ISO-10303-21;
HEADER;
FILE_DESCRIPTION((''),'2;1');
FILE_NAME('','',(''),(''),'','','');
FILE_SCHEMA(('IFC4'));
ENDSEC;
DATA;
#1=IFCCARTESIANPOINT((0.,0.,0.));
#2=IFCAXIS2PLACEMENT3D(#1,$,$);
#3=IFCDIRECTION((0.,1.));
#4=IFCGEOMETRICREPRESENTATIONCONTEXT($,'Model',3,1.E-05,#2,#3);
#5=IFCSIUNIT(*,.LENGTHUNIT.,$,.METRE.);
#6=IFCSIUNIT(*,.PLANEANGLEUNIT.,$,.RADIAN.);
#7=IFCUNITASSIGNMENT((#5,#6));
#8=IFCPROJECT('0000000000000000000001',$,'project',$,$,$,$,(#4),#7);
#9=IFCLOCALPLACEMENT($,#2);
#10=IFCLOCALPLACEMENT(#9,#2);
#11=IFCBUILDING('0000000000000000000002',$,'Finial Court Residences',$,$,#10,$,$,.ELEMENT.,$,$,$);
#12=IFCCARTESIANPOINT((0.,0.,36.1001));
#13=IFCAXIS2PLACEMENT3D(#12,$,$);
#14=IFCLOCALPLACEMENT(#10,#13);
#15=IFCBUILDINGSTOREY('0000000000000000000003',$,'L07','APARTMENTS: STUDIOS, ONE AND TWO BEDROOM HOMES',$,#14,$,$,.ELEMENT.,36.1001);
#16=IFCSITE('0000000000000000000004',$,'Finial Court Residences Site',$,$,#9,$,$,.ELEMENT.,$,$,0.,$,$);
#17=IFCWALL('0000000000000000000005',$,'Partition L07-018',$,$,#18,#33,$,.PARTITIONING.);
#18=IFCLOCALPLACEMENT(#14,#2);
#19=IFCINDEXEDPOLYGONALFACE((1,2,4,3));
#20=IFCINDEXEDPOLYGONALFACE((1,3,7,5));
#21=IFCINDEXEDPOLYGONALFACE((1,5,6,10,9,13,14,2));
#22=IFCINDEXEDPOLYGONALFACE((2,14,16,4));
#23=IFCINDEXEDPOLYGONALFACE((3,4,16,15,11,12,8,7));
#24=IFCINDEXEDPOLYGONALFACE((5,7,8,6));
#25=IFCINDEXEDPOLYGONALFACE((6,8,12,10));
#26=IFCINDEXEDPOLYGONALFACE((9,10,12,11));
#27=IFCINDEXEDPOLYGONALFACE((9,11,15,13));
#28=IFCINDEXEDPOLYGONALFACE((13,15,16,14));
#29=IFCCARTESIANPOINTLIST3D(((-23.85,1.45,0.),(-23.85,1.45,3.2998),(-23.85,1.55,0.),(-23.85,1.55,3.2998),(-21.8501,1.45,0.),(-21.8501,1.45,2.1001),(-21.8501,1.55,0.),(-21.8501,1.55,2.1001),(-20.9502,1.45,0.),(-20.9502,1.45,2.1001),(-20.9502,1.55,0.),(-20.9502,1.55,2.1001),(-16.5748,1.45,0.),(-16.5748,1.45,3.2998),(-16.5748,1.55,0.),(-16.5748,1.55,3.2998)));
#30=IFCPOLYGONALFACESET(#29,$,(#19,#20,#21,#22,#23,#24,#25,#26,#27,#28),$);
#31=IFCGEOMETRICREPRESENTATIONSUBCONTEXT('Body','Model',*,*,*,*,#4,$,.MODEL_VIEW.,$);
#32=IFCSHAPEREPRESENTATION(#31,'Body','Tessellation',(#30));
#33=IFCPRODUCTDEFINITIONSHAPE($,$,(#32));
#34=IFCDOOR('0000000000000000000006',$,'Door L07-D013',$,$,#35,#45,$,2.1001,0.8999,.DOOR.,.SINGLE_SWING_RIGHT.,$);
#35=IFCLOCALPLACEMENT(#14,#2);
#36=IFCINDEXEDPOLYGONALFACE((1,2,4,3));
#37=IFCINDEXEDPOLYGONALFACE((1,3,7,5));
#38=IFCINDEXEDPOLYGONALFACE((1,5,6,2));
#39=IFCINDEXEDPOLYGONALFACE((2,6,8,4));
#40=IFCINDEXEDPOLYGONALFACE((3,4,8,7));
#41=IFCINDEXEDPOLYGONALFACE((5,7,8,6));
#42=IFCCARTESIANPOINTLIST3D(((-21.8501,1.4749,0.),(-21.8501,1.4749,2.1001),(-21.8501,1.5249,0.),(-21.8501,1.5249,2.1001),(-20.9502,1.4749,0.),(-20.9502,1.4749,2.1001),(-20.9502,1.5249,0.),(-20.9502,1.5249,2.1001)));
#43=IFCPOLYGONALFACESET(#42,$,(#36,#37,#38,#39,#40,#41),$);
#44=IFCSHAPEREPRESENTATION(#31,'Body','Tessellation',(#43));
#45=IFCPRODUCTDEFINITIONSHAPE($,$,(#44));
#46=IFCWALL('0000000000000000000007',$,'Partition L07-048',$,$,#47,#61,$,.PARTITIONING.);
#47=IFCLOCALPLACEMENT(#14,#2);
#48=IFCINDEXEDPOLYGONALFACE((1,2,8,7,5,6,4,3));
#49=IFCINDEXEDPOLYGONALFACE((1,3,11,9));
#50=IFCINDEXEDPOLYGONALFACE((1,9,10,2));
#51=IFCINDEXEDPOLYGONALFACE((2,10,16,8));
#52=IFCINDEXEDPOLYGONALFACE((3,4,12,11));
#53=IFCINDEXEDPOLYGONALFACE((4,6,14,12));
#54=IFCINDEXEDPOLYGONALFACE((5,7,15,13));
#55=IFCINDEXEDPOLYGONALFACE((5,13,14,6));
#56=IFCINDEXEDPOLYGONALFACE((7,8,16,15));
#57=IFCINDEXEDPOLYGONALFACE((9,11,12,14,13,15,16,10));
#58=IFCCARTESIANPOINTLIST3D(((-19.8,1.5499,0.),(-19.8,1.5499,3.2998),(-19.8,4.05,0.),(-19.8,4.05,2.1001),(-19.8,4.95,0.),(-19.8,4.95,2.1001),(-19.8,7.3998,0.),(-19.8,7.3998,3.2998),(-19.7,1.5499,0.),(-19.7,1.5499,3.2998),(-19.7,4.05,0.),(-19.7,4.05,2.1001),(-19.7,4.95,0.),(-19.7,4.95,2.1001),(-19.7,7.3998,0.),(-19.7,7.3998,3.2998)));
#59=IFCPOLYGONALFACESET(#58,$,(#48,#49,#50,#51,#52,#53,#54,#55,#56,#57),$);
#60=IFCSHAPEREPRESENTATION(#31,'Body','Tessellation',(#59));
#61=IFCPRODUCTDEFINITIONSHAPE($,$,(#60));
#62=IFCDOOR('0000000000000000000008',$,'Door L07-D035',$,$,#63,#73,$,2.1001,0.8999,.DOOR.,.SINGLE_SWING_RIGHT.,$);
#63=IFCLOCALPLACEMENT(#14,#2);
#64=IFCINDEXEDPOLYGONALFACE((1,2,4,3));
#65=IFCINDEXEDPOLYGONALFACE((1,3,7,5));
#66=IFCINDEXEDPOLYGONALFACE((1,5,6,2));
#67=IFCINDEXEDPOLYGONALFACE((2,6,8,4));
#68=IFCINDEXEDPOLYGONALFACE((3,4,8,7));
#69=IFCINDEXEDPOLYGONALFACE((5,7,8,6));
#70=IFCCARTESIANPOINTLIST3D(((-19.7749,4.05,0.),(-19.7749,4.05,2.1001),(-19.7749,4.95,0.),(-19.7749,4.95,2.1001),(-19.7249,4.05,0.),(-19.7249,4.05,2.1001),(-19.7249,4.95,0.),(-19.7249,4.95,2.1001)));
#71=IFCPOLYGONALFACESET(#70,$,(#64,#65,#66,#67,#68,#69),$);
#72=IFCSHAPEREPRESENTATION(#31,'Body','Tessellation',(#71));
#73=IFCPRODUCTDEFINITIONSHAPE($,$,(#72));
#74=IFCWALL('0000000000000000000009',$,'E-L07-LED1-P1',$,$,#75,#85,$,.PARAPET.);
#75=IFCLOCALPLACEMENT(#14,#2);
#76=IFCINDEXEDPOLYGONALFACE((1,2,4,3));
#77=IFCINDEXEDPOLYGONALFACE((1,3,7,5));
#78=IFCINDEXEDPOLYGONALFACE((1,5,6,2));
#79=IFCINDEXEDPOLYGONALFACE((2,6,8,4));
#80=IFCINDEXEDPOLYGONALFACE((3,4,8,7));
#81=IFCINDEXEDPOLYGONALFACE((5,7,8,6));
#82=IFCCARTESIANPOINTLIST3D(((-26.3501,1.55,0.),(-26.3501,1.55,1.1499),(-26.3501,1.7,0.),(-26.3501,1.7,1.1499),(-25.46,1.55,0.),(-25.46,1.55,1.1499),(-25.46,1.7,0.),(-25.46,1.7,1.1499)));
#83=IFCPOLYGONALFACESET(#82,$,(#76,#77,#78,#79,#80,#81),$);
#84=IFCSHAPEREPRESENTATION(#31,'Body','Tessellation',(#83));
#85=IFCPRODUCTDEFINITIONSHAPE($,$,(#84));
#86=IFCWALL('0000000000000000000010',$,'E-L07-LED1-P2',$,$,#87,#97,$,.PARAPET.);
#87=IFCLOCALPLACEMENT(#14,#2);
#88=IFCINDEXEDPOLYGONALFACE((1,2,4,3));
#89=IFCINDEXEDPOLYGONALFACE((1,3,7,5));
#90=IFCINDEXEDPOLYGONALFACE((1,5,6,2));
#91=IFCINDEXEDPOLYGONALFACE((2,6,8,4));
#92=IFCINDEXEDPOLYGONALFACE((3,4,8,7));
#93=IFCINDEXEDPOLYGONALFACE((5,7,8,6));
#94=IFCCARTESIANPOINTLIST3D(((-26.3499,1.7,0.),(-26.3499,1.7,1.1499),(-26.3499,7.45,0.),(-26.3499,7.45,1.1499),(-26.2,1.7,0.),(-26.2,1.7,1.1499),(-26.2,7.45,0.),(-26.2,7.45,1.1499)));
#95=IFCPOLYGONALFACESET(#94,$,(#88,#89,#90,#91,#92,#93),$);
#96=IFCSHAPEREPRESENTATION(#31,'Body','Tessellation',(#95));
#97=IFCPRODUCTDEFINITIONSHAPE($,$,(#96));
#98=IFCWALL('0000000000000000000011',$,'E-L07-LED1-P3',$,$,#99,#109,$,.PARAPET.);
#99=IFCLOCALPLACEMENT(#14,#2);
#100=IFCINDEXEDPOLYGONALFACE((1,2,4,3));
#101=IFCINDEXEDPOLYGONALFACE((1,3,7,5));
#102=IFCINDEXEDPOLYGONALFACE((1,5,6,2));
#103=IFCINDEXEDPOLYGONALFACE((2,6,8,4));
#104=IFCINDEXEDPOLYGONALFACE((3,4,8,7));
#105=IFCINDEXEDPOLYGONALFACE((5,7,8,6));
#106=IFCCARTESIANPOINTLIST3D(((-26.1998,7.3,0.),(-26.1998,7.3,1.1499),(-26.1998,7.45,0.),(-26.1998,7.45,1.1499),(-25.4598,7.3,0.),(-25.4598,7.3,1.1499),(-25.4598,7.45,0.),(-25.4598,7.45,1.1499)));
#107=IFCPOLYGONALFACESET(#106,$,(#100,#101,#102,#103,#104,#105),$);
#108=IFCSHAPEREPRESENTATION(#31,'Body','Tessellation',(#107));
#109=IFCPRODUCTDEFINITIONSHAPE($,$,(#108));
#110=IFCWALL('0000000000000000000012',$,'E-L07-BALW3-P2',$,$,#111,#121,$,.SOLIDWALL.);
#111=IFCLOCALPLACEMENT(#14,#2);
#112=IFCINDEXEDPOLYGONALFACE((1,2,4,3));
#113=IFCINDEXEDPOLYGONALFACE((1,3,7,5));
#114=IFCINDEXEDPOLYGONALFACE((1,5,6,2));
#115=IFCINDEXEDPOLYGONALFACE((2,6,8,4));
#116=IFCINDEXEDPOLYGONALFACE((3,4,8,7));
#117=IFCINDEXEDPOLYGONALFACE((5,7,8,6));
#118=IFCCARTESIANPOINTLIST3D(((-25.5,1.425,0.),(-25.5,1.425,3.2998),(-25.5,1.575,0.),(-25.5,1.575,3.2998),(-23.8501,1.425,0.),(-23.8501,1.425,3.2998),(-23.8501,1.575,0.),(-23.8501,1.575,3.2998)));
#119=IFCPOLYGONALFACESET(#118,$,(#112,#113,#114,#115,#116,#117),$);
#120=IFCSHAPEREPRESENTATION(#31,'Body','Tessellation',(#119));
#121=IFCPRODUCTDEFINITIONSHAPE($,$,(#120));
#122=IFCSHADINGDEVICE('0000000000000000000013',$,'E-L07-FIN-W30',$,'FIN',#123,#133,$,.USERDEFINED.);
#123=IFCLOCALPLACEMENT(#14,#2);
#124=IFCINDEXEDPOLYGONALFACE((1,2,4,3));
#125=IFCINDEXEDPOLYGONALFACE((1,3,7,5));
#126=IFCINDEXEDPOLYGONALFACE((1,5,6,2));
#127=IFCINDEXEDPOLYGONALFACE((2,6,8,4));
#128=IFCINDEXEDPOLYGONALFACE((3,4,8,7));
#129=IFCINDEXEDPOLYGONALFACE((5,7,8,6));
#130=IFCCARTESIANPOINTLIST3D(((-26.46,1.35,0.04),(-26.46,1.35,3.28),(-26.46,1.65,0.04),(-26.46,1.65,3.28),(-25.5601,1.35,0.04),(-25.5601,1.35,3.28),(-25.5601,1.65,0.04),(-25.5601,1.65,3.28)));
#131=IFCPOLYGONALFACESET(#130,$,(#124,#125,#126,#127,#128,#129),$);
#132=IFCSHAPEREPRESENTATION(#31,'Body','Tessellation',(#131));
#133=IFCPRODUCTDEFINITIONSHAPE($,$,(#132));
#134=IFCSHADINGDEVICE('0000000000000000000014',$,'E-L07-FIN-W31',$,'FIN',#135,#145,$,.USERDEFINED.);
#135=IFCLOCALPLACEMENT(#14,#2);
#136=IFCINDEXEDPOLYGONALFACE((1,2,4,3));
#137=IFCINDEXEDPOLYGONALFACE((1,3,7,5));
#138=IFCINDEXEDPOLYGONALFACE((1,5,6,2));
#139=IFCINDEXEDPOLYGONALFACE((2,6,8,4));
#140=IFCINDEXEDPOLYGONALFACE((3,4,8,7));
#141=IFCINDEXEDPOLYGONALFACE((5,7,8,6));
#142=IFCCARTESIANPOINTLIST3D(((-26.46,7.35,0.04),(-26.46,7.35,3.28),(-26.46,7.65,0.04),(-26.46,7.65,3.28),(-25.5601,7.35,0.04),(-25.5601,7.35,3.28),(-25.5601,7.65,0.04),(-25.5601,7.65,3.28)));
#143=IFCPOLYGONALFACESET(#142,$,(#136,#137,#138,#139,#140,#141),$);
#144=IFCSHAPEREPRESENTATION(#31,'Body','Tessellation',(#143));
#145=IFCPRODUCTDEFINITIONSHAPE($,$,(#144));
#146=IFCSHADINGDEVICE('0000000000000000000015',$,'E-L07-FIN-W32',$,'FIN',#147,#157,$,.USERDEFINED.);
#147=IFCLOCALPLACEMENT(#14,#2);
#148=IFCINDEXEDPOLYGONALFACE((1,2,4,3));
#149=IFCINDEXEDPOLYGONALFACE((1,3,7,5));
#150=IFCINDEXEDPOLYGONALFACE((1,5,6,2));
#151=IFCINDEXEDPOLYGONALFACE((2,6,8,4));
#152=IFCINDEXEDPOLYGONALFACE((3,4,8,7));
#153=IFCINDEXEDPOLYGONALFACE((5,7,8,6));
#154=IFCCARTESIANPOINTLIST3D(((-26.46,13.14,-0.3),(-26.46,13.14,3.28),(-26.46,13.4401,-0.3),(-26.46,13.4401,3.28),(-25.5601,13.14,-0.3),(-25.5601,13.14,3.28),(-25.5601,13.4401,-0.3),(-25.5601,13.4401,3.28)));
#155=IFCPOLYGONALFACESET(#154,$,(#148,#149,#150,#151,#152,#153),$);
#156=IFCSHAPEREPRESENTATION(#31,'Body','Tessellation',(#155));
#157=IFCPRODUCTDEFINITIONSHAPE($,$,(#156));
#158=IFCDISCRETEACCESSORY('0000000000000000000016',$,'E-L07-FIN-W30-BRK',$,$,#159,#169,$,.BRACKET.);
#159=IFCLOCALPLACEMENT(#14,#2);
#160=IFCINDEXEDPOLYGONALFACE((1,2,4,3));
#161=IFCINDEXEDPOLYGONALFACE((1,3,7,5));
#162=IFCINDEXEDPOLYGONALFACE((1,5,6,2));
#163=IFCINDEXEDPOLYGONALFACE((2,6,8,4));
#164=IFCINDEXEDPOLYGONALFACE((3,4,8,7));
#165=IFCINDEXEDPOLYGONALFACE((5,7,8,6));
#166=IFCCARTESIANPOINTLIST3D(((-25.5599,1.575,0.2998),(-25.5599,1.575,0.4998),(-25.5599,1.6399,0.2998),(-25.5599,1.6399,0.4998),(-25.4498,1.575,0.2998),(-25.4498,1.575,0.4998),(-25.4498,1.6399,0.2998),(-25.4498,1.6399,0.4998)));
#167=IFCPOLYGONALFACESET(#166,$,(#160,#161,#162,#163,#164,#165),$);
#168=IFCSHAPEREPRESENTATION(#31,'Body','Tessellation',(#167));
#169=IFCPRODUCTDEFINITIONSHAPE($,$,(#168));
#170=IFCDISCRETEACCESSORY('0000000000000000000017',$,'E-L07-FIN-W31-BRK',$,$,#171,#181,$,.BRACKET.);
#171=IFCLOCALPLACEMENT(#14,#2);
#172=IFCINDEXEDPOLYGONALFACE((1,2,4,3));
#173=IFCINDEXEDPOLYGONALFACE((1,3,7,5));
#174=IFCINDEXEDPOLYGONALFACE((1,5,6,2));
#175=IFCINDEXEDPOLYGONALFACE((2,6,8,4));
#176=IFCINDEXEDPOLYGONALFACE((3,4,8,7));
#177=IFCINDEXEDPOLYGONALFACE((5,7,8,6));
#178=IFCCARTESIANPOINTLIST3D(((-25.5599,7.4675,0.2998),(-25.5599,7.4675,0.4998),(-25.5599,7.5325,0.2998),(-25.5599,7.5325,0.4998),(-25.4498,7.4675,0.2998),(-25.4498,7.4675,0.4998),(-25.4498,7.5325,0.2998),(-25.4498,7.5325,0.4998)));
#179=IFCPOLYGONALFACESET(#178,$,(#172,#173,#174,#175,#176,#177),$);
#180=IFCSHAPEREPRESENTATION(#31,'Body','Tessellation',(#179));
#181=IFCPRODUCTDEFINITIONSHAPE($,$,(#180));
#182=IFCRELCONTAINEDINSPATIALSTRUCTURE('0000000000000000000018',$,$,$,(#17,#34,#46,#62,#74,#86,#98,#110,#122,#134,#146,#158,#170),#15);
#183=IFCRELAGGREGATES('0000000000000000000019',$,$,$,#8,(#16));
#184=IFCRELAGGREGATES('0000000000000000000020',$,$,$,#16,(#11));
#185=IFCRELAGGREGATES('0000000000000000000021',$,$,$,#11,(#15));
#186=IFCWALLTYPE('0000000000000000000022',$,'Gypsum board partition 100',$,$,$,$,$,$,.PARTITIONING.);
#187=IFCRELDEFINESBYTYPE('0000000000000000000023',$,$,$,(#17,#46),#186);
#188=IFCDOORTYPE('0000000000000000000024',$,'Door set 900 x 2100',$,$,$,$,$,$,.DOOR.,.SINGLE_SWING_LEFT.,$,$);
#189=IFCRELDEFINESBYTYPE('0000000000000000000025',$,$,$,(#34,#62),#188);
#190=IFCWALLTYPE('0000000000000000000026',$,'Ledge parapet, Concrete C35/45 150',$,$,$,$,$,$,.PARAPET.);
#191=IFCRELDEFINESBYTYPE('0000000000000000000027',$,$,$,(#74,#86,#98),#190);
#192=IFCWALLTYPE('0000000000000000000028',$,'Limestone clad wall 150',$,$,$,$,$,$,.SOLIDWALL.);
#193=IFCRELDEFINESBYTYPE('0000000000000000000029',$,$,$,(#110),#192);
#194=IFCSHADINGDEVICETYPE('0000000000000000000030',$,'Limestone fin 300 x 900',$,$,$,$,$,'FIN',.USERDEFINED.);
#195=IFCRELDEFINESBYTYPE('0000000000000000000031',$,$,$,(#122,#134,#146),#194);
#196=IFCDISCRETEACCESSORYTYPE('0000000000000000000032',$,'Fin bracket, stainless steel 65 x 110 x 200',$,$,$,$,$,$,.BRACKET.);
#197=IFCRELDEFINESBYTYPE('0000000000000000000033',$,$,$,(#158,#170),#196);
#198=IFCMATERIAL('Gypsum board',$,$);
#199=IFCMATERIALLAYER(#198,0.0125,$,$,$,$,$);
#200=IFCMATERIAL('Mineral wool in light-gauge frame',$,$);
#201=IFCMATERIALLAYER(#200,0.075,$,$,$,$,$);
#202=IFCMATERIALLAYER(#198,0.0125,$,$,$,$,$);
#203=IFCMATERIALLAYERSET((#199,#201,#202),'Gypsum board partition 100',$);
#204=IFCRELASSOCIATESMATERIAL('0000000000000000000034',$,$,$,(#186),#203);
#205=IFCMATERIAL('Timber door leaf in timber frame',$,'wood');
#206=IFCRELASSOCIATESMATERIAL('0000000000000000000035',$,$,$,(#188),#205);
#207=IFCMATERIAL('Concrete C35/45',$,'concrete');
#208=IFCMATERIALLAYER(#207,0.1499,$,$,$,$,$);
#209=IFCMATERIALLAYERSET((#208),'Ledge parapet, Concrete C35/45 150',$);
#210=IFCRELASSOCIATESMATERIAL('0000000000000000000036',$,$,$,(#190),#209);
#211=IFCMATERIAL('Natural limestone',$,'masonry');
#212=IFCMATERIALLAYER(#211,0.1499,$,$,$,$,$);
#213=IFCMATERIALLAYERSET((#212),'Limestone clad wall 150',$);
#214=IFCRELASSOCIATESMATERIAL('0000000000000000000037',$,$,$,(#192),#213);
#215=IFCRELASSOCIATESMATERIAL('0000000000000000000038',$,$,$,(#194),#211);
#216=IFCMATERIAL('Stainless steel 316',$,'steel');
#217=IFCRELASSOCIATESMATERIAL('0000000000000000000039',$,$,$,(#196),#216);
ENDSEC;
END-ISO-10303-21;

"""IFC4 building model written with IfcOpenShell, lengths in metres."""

from ifc_helpers import new_model, si_unit, direction, frame, frame_2d, origin, origin_2d, place, context, subcontext, project, spatial, rectangle, extrude, material, layer, layer_set, type_object, element, fill, save


model = new_model("IFC4")

# Units and contexts
model_context = context("Model", 3, precision=1e-05, world=origin(), true_north=direction((0.0, 1.0)))
body_context = subcontext(model_context, "Body", "Model", "MODEL_VIEW")
ifc_project = project(units=[si_unit("LENGTHUNIT", "METRE"), si_unit("PLANEANGLEUNIT", "RADIAN")], contexts=[model_context])

# Site, building, storey
site_placement = place(None, origin())
site = spatial("IfcSite", under=ifc_project, at=site_placement, Name="Finial Court Residences Site", CompositionType="ELEMENT", RefElevation=0.0)
building_placement = place(site_placement, origin())
building = spatial("IfcBuilding", under=site, at=building_placement, Name="Finial Court Residences", CompositionType="ELEMENT")
storey_placement = place(building_placement, frame((0.0, 0.0, 36.1001)))
storey = spatial("IfcBuildingStorey", under=building, at=storey_placement, Name="L07", Description="APARTMENTS: STUDIOS, ONE AND TWO BEDROOM HOMES", CompositionType="ELEMENT", Elevation=36.1001)

# Shared definitions
ifc_material_1 = material(Name="Gypsum board")

# Walls, openings, doors
ifc_layer_1 = layer(ifc_material_1, 0.0125)
ifc_material_2 = material(Name="Mineral wool in light-gauge frame")
ifc_layer_2 = layer(ifc_material_2, 0.075)
ifc_layer_3 = layer(ifc_material_1, 0.0125)
ifc_layer_set_1 = layer_set([ifc_layer_1, ifc_layer_2, ifc_layer_3], Name="Gypsum board partition 100")
wall_type_1 = type_object("IfcWallType", Name="Gypsum board partition 100", PredefinedType="PARTITIONING", material=ifc_layer_set_1)
wall_1_placement = place(storey_placement, frame((-23.8501, 1.5, 0.0), z_axis=(0.0, 0.0, 1.0), x_axis=(1.0, 0.0, 0.0)))
wall_1 = element("IfcWall", 1, at=wall_1_placement, inside=storey, type_object=wall_type_1, Name="Partition L07-018", PredefinedType="PARTITIONING", context=body_context, shape_type="SweptSolid", body=[
    extrude(rectangle(XDim=7.2751, YDim=0.1001, at=frame_2d((3.6377, 0.0))), origin(), (0.0, 0.0, 1.0), 3.2998),
])
opening_1_placement = place(wall_1_placement, frame((2.0, 0.0, 0.0)))
opening_1 = element("IfcOpeningElement", 2, at=opening_1_placement, cuts=wall_1, PredefinedType="OPENING", context=body_context, shape_type="SweptSolid", body=[
    extrude(rectangle(XDim=0.8999, YDim=2.1001, at=frame_2d((0.45, 1.05))), frame((0.0, 0.0601, 0.0), z_axis=(0.0, -1.0, 0.0), x_axis=(1.0, 0.0, 0.0)), (0.0, 0.0, 1.0), 0.1201),
])
ifc_material_3 = material(Name="Timber door leaf in timber frame", Category="wood")
door_type = type_object("IfcDoorType", Name="Door set 900 x 2100", OperationType="SINGLE_SWING_LEFT", PredefinedType="DOOR", material=ifc_material_3)
door_1_placement = place(opening_1_placement, origin())
door_1 = element("IfcDoor", 3, at=door_1_placement, inside=storey, type_object=door_type, Name="Door L07-D013", OperationType="SINGLE_SWING_RIGHT", OverallHeight=2.1001, OverallWidth=0.8999, PredefinedType="DOOR", context=body_context, shape_type="SweptSolid", body=[
    extrude(rectangle(XDim=0.8999, YDim=2.1001, at=frame_2d((0.45, 1.05))), frame((0.0, 0.0249, 0.0), z_axis=(0.0, -1.0, 0.0), x_axis=(1.0, 0.0, 0.0)), (0.0, 0.0, 1.0), 0.05),
])
fill(opening_1, door_1)
wall_2_placement = place(storey_placement, frame((-19.75, 1.55, 0.0), z_axis=(0.0, 0.0, 1.0), x_axis=(0.0, 1.0, 0.0)))
wall_2 = element("IfcWall", 4, at=wall_2_placement, inside=storey, type_object=wall_type_1, Name="Partition L07-048", PredefinedType="PARTITIONING", context=body_context, shape_type="SweptSolid", body=[
    extrude(rectangle(XDim=5.8499, YDim=0.1001, at=frame_2d((2.9248, 0.0))), origin(), (0.0, 0.0, 1.0), 3.2998),
])
opening_2_placement = place(wall_2_placement, frame((2.5, 0.0, 0.0)))
opening_2 = element("IfcOpeningElement", 5, at=opening_2_placement, cuts=wall_2, PredefinedType="OPENING", context=body_context, shape_type="SweptSolid", body=[
    extrude(rectangle(XDim=0.8999, YDim=2.1001, at=frame_2d((0.45, 1.05))), frame((0.0, 0.0601, 0.0), z_axis=(0.0, -1.0, 0.0), x_axis=(1.0, 0.0, 0.0)), (0.0, 0.0, 1.0), 0.1201),
])
door_2_placement = place(opening_2_placement, origin())
door_2 = element("IfcDoor", 6, at=door_2_placement, inside=storey, type_object=door_type, Name="Door L07-D035", OperationType="SINGLE_SWING_RIGHT", OverallHeight=2.1001, OverallWidth=0.8999, PredefinedType="DOOR", context=body_context, shape_type="SweptSolid", body=[
    extrude(rectangle(XDim=0.8999, YDim=2.1001, at=frame_2d((0.45, 1.05))), frame((0.0, 0.0249, 0.0), z_axis=(0.0, -1.0, 0.0), x_axis=(1.0, 0.0, 0.0)), (0.0, 0.0, 1.0), 0.05),
])
fill(opening_2, door_2)

# Walls
ifc_material_4 = material(Name="Concrete C35/45", Category="concrete")
ifc_layer_4 = layer(ifc_material_4, 0.1499)
ifc_layer_set_2 = layer_set([ifc_layer_4], Name="Ledge parapet, Concrete C35/45 150")
wall_type_2 = type_object("IfcWallType", Name="Ledge parapet, Concrete C35/45 150", PredefinedType="PARAPET", material=ifc_layer_set_2)
wall_3_placement = place(storey_placement, frame((-25.46, 1.625, 0.0), z_axis=(0.0, 0.0, 1.0), x_axis=(-1.0, 0.0, 0.0)))
element("IfcWall", 7, at=wall_3_placement, inside=storey, type_object=wall_type_2, Name="E-L07-LED1-P1", PredefinedType="PARAPET", context=body_context, shape_type="SweptSolid", body=[
    extrude(rectangle(XDim=0.8901, YDim=0.1499, at=frame_2d((0.4451, 0.0))), origin(), (0.0, 0.0, 1.0), 1.1499),
])
wall_4_placement = place(storey_placement, frame((-26.2749, 1.7, 0.0), z_axis=(0.0, 0.0, 1.0), x_axis=(0.0, 1.0, 0.0)))
element("IfcWall", 8, at=wall_4_placement, inside=storey, type_object=wall_type_2, Name="E-L07-LED1-P2", PredefinedType="PARAPET", context=body_context, shape_type="SweptSolid", body=[
    extrude(rectangle(XDim=5.75, YDim=0.1499, at=frame_2d((2.875, 0.0))), origin(), (0.0, 0.0, 1.0), 1.1499),
])
wall_5_placement = place(storey_placement, frame((-26.2, 7.375, 0.0), z_axis=(0.0, 0.0, 1.0), x_axis=(1.0, 0.0, 0.0)))
element("IfcWall", 9, at=wall_5_placement, inside=storey, type_object=wall_type_2, Name="E-L07-LED1-P3", PredefinedType="PARAPET", context=body_context, shape_type="SweptSolid", body=[
    extrude(rectangle(XDim=0.74, YDim=0.1499, at=frame_2d((0.3701, 0.0))), origin(), (0.0, 0.0, 1.0), 1.1499),
])
ifc_material_5 = material(Name="Natural limestone", Category="masonry")
ifc_layer_5 = layer(ifc_material_5, 0.1499)
ifc_layer_set_3 = layer_set([ifc_layer_5], Name="Limestone clad wall 150")
wall_type_3 = type_object("IfcWallType", Name="Limestone clad wall 150", PredefinedType="SOLIDWALL", material=ifc_layer_set_3)
wall_6_placement = place(storey_placement, frame((-23.8501, 1.5, 0.0), z_axis=(0.0, 0.0, 1.0), x_axis=(-1.0, 0.0, 0.0)))
element("IfcWall", 10, at=wall_6_placement, inside=storey, type_object=wall_type_3, Name="E-L07-BALW3-P2", PredefinedType="SOLIDWALL", context=body_context, shape_type="SweptSolid", body=[
    extrude(rectangle(XDim=1.6499, YDim=0.1499, at=frame_2d((0.825, 0.0))), origin(), (0.0, 0.0, 1.0), 3.2998),
])

# Shading devices
shading_device_type = type_object("IfcShadingDeviceType", Name="Limestone fin 300 x 900", ElementType="FIN", PredefinedType="USERDEFINED", material=ifc_material_5)
for number, where, z_axis, x_axis, name in (
    (11, (-26.01, 1.5, 0.04), (0.0, 0.0, 1.0), (1.0, 0.0, 0.0), "E-L07-FIN-W30"),
    (12, (-26.01, 7.5, 0.04), (0.0, 0.0, 1.0), (1.0, 0.0, 0.0), "E-L07-FIN-W31"),
):
    element("IfcShadingDevice", number, at=place(storey_placement, frame(where, z_axis=z_axis, x_axis=x_axis)), inside=storey, type_object=shading_device_type, Name=name, ObjectType="FIN", PredefinedType="USERDEFINED", context=body_context, shape_type="SweptSolid", body=[
        extrude(rectangle(XDim=0.8999, YDim=0.3, at=origin_2d()), origin(), (0.0, 0.0, 1.0), 3.24),
    ])
shading_device_placement = place(storey_placement, frame((-26.01, 13.29, -0.3), z_axis=(0.0, 0.0, 1.0), x_axis=(1.0, 0.0, 0.0)))
element("IfcShadingDevice", 13, at=shading_device_placement, inside=storey, type_object=shading_device_type, Name="E-L07-FIN-W32", ObjectType="FIN", PredefinedType="USERDEFINED", context=body_context, shape_type="SweptSolid", body=[
    extrude(rectangle(XDim=0.8999, YDim=0.3, at=origin_2d()), origin(), (0.0, 0.0, 1.0), 3.5801),
])

# Discrete accessories
ifc_material_6 = material(Name="Stainless steel 316", Category="steel")
discrete_accessory_type = type_object("IfcDiscreteAccessoryType", Name="Fin bracket, stainless steel 65 x 110 x 200", PredefinedType="BRACKET", material=ifc_material_6)
for number, where, z_axis, x_axis, name in (
    (14, (-25.5049, 1.6074, 0.2998), (0.0, 0.0, 1.0), (1.0, 0.0, 0.0), "E-L07-FIN-W30-BRK"),
    (15, (-25.5049, 7.5, 0.2998), (0.0, 0.0, 1.0), (1.0, 0.0, 0.0), "E-L07-FIN-W31-BRK"),
):
    element("IfcDiscreteAccessory", number, at=place(storey_placement, frame(where, z_axis=z_axis, x_axis=x_axis)), inside=storey, type_object=discrete_accessory_type, Name=name, PredefinedType="BRACKET", context=body_context, shape_type="SweptSolid", body=[
        extrude(rectangle(XDim=0.1101, YDim=0.0649, at=origin_2d()), origin(), (0.0, 0.0, 1.0), 0.2),
    ])

save(model, "model.ifc")
